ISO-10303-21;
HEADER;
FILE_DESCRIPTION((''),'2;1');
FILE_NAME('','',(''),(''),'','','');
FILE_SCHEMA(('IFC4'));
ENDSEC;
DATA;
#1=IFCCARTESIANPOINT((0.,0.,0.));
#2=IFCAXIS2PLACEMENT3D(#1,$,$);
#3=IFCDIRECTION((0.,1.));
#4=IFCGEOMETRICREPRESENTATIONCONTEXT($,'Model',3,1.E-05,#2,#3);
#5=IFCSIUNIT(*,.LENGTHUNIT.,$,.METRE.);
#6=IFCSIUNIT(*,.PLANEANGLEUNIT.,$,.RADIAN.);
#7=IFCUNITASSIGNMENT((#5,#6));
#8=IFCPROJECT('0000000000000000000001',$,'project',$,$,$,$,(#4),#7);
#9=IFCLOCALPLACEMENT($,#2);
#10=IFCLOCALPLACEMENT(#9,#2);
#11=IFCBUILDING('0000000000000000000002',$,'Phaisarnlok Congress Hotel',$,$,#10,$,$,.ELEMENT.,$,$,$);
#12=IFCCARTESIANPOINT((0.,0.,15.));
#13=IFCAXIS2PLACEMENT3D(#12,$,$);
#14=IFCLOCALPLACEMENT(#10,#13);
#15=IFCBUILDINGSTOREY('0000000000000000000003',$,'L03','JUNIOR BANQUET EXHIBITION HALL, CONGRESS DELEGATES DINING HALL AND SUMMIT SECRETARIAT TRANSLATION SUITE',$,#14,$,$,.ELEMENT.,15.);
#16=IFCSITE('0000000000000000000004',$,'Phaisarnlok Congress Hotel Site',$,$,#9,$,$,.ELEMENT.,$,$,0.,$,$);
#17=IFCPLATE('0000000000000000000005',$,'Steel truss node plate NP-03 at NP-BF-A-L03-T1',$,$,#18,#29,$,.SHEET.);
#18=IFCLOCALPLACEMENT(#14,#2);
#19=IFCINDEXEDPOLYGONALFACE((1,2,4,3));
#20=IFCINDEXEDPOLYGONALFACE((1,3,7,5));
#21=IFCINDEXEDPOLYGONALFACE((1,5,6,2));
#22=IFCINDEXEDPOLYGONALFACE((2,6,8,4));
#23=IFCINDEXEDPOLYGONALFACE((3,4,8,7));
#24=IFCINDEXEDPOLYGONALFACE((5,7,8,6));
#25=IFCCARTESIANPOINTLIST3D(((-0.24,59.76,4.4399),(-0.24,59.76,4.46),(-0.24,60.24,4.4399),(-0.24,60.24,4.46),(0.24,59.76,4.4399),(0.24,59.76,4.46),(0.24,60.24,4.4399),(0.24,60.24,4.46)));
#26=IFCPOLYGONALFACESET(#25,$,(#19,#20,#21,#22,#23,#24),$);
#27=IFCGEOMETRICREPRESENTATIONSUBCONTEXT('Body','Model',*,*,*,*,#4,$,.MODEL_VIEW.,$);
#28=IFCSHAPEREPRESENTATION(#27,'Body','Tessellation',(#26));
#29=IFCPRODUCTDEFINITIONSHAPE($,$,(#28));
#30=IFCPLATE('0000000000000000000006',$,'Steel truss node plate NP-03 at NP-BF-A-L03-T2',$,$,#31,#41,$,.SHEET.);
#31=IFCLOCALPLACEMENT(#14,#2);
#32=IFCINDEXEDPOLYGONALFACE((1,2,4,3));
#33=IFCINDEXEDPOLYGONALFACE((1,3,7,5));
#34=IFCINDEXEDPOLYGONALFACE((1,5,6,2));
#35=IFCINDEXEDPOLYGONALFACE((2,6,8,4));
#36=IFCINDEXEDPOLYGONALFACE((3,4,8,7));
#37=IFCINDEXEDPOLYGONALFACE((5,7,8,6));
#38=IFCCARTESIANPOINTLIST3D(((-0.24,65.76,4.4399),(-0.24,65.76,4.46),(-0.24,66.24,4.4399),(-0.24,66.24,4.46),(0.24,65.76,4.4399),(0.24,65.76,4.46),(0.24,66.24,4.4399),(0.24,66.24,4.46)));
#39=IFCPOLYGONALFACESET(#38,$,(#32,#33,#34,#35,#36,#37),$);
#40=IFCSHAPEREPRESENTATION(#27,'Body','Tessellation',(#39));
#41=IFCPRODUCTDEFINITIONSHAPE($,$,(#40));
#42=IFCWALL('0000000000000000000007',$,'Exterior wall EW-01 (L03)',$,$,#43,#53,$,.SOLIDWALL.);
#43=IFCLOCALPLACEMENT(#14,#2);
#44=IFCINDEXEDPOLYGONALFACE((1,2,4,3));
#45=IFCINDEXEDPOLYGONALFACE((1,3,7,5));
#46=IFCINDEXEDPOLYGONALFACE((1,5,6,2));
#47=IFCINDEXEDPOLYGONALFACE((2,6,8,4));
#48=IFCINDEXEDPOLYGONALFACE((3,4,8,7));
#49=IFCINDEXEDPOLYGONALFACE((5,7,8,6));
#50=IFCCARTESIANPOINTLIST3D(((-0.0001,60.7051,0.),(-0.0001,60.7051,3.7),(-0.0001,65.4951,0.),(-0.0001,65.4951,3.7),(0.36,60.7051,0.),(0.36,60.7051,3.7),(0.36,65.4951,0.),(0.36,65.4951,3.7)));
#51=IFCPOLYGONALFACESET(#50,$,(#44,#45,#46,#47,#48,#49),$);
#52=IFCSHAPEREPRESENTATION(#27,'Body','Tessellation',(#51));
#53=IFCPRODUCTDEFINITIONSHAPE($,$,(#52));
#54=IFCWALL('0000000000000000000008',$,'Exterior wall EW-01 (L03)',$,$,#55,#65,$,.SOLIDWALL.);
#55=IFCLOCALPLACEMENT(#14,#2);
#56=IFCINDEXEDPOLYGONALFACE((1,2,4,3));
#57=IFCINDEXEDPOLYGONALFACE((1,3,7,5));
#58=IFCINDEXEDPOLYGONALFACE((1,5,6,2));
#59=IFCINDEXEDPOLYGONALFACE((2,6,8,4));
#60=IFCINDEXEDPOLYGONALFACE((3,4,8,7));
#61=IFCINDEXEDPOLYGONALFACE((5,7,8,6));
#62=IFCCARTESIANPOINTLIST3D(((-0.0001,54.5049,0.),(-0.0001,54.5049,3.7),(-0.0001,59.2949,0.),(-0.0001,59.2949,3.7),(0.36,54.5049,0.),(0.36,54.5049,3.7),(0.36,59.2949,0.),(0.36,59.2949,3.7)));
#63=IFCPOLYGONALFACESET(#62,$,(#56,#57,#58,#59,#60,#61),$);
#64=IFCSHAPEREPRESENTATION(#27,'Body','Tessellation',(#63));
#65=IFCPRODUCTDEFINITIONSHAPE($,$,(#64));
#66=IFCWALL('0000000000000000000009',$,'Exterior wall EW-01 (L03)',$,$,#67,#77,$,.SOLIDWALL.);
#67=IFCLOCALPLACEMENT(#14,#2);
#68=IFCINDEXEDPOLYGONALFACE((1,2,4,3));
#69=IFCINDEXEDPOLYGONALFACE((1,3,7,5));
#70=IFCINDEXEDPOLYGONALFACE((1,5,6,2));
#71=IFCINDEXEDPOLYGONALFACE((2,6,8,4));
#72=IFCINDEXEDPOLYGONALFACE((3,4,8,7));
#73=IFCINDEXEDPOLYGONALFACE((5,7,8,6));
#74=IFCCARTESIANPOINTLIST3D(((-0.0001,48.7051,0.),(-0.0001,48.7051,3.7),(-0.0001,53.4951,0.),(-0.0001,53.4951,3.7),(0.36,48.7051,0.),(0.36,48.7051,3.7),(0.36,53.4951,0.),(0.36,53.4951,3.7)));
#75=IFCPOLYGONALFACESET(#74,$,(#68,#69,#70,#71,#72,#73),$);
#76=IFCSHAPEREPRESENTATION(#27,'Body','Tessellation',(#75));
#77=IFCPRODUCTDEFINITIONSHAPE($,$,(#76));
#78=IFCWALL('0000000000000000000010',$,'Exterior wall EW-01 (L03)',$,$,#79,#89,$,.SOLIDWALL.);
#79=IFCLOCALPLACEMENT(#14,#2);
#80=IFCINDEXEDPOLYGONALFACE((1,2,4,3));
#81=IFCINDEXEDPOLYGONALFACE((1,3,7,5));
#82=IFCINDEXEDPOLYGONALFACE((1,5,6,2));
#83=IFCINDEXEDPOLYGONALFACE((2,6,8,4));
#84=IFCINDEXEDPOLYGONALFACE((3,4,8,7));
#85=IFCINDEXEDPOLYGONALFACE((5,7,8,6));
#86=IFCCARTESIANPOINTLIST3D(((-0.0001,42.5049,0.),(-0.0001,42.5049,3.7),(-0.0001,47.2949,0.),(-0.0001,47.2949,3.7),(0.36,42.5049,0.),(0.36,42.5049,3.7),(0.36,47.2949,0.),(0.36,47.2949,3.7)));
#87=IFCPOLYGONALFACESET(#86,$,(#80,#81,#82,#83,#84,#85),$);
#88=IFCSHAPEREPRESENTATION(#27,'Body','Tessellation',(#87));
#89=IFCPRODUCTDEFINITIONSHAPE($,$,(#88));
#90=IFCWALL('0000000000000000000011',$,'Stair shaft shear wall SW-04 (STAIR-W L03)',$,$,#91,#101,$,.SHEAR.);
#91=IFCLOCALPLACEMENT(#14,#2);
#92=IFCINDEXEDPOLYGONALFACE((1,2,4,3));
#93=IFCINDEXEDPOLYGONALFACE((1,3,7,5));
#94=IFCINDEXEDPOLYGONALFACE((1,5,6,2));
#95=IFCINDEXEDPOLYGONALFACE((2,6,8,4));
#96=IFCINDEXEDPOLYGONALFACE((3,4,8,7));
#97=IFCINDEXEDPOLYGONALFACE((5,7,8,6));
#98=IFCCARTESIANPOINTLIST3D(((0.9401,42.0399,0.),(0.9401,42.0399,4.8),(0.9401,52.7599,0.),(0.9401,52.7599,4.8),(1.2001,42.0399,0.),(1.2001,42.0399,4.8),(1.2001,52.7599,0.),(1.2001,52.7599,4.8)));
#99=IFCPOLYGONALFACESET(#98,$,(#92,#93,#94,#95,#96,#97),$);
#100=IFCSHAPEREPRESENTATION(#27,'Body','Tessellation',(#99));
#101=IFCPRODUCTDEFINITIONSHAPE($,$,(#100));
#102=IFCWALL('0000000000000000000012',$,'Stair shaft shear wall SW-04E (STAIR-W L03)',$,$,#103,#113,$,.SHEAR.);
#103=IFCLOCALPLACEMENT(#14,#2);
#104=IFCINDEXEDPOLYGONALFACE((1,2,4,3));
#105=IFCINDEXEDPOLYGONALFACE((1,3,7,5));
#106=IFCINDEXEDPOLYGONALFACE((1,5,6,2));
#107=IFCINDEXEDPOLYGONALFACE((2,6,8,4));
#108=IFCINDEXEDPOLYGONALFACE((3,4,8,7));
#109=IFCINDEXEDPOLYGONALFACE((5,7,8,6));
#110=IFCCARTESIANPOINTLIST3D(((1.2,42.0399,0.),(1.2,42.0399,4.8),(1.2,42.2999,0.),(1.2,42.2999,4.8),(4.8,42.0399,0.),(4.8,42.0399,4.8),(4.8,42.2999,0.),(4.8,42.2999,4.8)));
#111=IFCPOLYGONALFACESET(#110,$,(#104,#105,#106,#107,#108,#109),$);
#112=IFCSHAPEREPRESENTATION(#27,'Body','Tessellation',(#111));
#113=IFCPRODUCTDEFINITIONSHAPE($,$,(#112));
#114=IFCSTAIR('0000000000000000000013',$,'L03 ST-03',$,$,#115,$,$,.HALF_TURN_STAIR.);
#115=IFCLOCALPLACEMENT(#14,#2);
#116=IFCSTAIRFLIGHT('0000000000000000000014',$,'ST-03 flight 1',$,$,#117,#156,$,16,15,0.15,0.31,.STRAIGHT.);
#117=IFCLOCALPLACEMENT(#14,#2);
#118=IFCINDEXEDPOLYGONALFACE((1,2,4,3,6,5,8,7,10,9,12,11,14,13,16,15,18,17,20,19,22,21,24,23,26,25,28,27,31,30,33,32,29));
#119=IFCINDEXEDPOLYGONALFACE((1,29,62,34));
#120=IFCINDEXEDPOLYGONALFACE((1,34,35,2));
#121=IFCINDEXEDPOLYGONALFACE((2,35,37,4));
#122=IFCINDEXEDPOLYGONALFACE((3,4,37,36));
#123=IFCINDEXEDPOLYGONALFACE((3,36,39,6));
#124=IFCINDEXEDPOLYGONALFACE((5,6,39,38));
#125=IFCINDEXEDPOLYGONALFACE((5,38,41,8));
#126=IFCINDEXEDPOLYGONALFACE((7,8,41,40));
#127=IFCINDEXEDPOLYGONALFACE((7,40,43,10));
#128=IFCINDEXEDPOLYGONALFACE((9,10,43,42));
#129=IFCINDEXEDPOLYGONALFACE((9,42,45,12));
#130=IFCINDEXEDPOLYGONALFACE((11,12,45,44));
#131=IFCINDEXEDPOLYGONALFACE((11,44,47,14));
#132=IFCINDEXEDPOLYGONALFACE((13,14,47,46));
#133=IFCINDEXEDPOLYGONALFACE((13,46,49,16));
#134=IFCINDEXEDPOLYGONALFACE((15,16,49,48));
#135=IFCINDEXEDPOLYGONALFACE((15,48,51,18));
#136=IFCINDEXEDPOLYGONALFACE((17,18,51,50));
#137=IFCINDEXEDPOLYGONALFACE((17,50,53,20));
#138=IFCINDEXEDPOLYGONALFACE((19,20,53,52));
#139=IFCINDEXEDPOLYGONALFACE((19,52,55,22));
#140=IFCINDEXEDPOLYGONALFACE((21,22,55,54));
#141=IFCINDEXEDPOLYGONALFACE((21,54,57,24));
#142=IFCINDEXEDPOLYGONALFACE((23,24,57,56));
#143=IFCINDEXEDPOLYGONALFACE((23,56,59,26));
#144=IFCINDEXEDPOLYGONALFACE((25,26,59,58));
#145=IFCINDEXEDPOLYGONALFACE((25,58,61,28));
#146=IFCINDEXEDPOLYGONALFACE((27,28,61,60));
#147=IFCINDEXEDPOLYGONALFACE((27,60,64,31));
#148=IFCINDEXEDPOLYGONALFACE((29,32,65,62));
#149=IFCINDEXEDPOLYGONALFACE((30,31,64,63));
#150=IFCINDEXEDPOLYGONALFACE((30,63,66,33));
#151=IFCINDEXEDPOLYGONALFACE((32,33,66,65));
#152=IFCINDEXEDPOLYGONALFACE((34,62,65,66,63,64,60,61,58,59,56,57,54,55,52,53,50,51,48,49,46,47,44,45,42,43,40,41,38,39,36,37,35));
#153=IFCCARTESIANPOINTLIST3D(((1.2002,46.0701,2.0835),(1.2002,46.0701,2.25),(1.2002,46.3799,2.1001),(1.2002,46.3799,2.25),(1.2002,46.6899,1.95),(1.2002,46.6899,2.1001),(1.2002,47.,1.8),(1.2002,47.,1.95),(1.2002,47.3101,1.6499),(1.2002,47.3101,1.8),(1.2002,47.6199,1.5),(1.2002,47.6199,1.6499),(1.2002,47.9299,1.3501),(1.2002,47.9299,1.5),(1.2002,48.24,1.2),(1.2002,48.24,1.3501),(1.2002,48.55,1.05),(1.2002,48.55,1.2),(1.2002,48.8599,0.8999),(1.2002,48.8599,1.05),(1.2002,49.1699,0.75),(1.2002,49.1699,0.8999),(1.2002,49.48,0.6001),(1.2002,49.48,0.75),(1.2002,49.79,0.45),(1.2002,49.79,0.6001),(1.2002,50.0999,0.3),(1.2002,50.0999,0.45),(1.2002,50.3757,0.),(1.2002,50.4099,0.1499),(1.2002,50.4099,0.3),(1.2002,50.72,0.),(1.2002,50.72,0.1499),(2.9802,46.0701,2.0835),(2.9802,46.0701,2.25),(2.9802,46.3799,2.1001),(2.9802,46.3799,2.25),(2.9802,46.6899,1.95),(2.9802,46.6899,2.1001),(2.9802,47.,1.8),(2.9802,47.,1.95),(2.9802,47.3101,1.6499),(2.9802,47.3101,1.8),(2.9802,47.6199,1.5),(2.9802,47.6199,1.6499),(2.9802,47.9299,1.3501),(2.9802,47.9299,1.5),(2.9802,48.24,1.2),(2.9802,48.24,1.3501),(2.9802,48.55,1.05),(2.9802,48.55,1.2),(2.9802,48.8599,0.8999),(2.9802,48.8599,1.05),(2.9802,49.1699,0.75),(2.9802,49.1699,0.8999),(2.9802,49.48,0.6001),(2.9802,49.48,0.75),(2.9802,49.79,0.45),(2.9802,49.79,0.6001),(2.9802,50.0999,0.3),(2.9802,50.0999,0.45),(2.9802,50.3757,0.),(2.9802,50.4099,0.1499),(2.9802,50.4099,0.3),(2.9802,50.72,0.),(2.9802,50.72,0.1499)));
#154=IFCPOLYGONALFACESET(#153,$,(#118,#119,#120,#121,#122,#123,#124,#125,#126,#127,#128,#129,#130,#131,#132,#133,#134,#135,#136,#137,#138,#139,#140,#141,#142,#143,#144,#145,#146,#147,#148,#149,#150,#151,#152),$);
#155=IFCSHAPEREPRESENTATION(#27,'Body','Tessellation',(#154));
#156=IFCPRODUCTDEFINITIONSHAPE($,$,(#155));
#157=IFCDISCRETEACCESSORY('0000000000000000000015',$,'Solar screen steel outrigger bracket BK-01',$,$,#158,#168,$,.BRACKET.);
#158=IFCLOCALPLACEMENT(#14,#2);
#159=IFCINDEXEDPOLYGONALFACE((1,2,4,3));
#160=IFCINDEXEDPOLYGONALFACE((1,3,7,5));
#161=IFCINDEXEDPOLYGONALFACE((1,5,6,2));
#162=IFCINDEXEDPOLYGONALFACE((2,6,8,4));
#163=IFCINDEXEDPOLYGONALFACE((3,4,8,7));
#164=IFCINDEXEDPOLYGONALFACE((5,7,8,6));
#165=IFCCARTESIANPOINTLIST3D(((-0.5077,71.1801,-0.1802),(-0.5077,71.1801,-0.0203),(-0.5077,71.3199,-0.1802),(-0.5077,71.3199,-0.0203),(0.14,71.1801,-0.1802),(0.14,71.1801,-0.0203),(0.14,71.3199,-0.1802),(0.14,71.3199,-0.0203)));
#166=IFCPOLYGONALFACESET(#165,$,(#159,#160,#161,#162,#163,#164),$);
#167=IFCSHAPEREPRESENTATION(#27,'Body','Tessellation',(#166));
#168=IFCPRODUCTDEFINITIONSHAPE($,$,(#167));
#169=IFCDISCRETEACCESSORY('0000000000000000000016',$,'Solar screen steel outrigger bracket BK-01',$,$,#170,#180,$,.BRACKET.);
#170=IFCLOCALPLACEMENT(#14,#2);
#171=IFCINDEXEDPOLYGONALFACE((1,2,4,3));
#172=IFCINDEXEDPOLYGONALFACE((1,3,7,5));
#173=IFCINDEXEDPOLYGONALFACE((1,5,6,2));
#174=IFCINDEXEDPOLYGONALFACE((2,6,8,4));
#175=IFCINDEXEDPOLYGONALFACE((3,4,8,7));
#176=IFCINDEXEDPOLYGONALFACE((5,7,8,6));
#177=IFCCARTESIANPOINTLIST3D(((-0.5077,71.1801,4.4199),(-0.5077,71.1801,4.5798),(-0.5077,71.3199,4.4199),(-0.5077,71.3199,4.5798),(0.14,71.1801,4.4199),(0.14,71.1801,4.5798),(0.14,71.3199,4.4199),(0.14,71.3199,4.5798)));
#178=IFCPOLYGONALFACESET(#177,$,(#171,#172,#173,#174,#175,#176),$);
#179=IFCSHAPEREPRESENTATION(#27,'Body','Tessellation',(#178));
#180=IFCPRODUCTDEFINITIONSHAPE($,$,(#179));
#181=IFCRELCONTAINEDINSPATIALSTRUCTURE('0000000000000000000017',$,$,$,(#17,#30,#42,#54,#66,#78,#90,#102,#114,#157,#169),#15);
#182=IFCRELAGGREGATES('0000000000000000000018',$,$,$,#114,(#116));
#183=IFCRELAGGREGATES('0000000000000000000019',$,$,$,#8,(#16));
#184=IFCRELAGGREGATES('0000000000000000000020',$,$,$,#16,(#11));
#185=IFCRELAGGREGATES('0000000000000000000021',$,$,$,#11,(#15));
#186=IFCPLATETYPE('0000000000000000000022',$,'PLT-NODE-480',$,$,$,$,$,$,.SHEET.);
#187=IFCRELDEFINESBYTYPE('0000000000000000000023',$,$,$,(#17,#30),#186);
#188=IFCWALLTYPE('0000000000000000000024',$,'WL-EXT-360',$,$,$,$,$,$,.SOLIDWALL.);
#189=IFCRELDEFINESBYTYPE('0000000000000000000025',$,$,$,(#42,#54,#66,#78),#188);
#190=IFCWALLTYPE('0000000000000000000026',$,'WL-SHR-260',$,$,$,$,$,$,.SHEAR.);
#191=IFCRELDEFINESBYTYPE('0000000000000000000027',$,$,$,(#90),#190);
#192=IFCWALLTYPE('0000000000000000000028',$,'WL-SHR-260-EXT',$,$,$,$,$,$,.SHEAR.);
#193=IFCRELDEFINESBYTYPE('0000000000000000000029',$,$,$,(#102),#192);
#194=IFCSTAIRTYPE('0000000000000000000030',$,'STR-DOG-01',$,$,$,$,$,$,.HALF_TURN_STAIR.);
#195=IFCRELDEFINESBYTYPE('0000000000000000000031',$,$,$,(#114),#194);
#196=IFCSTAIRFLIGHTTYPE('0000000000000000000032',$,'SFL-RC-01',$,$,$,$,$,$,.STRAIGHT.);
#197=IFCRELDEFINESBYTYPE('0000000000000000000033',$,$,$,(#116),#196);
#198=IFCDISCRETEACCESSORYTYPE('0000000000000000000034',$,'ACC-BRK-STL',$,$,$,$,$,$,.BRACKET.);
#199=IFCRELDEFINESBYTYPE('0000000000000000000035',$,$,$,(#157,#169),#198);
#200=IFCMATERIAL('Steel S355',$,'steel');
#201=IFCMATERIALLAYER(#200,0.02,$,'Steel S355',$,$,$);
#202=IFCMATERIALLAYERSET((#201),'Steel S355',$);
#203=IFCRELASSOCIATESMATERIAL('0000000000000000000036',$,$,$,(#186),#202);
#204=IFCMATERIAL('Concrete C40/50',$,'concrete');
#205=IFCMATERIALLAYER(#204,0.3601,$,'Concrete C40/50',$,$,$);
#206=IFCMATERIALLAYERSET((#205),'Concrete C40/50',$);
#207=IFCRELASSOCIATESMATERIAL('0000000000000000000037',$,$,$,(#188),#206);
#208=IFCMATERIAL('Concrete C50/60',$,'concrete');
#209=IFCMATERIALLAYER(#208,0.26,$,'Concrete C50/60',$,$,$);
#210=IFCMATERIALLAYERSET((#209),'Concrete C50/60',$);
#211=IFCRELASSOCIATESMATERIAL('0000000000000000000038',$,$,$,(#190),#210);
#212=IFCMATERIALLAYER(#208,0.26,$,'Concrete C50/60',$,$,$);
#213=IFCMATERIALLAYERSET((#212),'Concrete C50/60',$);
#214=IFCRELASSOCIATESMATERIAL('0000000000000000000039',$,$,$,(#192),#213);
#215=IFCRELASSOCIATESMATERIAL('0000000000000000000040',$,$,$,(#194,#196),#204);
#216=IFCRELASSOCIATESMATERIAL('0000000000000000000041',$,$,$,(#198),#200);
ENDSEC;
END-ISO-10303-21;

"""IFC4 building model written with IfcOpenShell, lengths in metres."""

from ifc_helpers import new_model, si_unit, direction, frame, frame_2d, origin, origin_2d, place, context, subcontext, project, spatial, polyline, rectangle, outline, extrude, material, layer, layer_set, type_object, element, aggregate, save


model = new_model("IFC4")

# Units and contexts
model_context = context("Model", 3, precision=1e-05, world=origin(), true_north=direction((0.0, 1.0)))
body_context = subcontext(model_context, "Body", "Model", "MODEL_VIEW")
ifc_project = project(units=[si_unit("LENGTHUNIT", "METRE"), si_unit("PLANEANGLEUNIT", "RADIAN")], contexts=[model_context])

# Site, building, storey
site_placement = place(None, origin())
site = spatial("IfcSite", under=ifc_project, at=site_placement, Name="Phaisarnlok Congress Hotel Site", CompositionType="ELEMENT", RefElevation=0.0)
building_placement = place(site_placement, origin())
building = spatial("IfcBuilding", under=site, at=building_placement, Name="Phaisarnlok Congress Hotel", CompositionType="ELEMENT")
storey_placement = place(building_placement, frame((0.0, 0.0, 15.0)))
storey = spatial("IfcBuildingStorey", under=building, at=storey_placement, Name="L03", Description="JUNIOR BANQUET EXHIBITION HALL, CONGRESS DELEGATES DINING HALL AND SUMMIT SECRETARIAT TRANSLATION SUITE", CompositionType="ELEMENT", Elevation=15.0)

# Shared definitions
ifc_material_1 = material(Name="Concrete C50/60", Category="concrete")

# Shared definitions
ifc_material_2 = material(Name="Concrete C40/50", Category="concrete")

# Shared definitions
ifc_material_3 = material(Name="Steel S355", Category="steel")

# Plates
ifc_layer_1 = layer(ifc_material_3, 0.02, Name="Steel S355")
ifc_layer_set_1 = layer_set([ifc_layer_1], Name="Steel S355")
plate_type_1 = type_object("IfcPlateType", Name="PLT-NODE-480", PredefinedType="SHEET", material=ifc_layer_set_1)
for number, where, z_axis, x_axis, name in (
    (1, (0.0, 60.0, 4.4399), (0.0, 0.0, 1.0), (1.0, 0.0, 0.0), "Steel truss node plate NP-03 at NP-BF-A-L03-T1"),
    (2, (0.0, 66.0, 4.4399), (0.0, 0.0, 1.0), (1.0, 0.0, 0.0), "Steel truss node plate NP-03 at NP-BF-A-L03-T2"),
):
    element("IfcPlate", number, at=place(storey_placement, frame(where, z_axis=z_axis, x_axis=x_axis)), inside=storey, type_object=plate_type_1, Name=name, PredefinedType="SHEET", context=body_context, shape_type="SweptSolid", body=[
        extrude(rectangle(XDim=0.48, YDim=0.48, at=origin_2d()), origin(), (0.0, 0.0, 1.0), 0.02),
    ])

# Walls
ifc_layer_2 = layer(ifc_material_2, 0.3601, Name="Concrete C40/50")
ifc_layer_set_2 = layer_set([ifc_layer_2], Name="Concrete C40/50")
wall_type_1 = type_object("IfcWallType", Name="WL-EXT-360", PredefinedType="SOLIDWALL", material=ifc_layer_set_2)
for number, where, z_axis, x_axis, name in (
    (3, (0.1799, 65.4951, 0.0), (0.0, 0.0, 1.0), (0.0, -1.0, 0.0), "Exterior wall EW-01 (L03)"),
    (4, (0.1799, 59.2949, 0.0), (0.0, 0.0, 1.0), (0.0, -1.0, 0.0), "Exterior wall EW-01 (L03)"),
    (5, (0.1799, 53.4951, 0.0), (0.0, 0.0, 1.0), (0.0, -1.0, 0.0), "Exterior wall EW-01 (L03)"),
    (6, (0.1799, 47.2949, 0.0), (0.0, 0.0, 1.0), (0.0, -1.0, 0.0), "Exterior wall EW-01 (L03)"),
):
    element("IfcWall", number, at=place(storey_placement, frame(where, z_axis=z_axis, x_axis=x_axis)), inside=storey, type_object=wall_type_1, Name=name, PredefinedType="SOLIDWALL", context=body_context, shape_type="SweptSolid", body=[
        extrude(rectangle(XDim=4.79, YDim=0.3601, at=frame_2d((2.395, 0.0))), origin(), (0.0, 0.0, 1.0), 3.7),
    ])
ifc_layer_3 = layer(ifc_material_1, 0.26, Name="Concrete C50/60")
ifc_layer_set_3 = layer_set([ifc_layer_3], Name="Concrete C50/60")
wall_type_2 = type_object("IfcWallType", Name="WL-SHR-260", PredefinedType="SHEAR", material=ifc_layer_set_3)
wall_1_placement = place(storey_placement, frame((1.0701, 42.04, 0.0), z_axis=(0.0, 0.0, 1.0), x_axis=(0.0, 1.0, 0.0)))
element("IfcWall", 7, at=wall_1_placement, inside=storey, type_object=wall_type_2, Name="Stair shaft shear wall SW-04 (STAIR-W L03)", PredefinedType="SHEAR", context=body_context, shape_type="SweptSolid", body=[
    extrude(rectangle(XDim=10.72, YDim=0.26, at=frame_2d((5.3599, 0.0))), origin(), (0.0, 0.0, 1.0), 4.8),
])

# Wall
ifc_layer_4 = layer(ifc_material_1, 0.26, Name="Concrete C50/60")
ifc_layer_set_4 = layer_set([ifc_layer_4], Name="Concrete C50/60")
wall_type_3 = type_object("IfcWallType", Name="WL-SHR-260-EXT", PredefinedType="SHEAR", material=ifc_layer_set_4)
wall_2_placement = place(storey_placement, frame((1.2, 42.1699, 0.0), z_axis=(0.0, 0.0, 1.0), x_axis=(1.0, 0.0, 0.0)))
element("IfcWall", 8, at=wall_2_placement, inside=storey, type_object=wall_type_3, Name="Stair shaft shear wall SW-04E (STAIR-W L03)", PredefinedType="SHEAR", context=body_context, shape_type="SweptSolid", body=[
    extrude(rectangle(XDim=3.6001, YDim=0.26, at=frame_2d((1.8, 0.0))), origin(), (0.0, 0.0, 1.0), 4.8),
])

# Stair, stair flight
stair_type = type_object("IfcStairType", Name="STR-DOG-01", PredefinedType="HALF_TURN_STAIR", material=ifc_material_2)
stair_placement = place(storey_placement, origin())
stair = element("IfcStair", 9, at=stair_placement, inside=storey, type_object=stair_type, Name="L03 ST-03", PredefinedType="HALF_TURN_STAIR")
stair_flight_type = type_object("IfcStairFlightType", Name="SFL-RC-01", PredefinedType="STRAIGHT", material=ifc_material_2)
stair_flight_placement = place(storey_placement, frame((2.0901, 50.72, 0.0), z_axis=(0.0, 0.0, 1.0), x_axis=(0.0, -1.0, 0.0)))
stair_flight = element("IfcStairFlight", 10, at=stair_flight_placement, type_object=stair_flight_type, Name="ST-03 flight 1", NumberOfRisers=16, NumberOfTreads=15, PredefinedType="STRAIGHT", RiserHeight=0.15, TreadLength=0.31, context=body_context, shape_type="SweptSolid", body=[
    extrude(outline(polyline([(0.0, 0.0), (0.0, 0.1499), (0.3101, 0.1499), (0.3101, 0.3), (0.6201, 0.3), (0.6201, 0.45), (0.9299, 0.45), (0.9299, 0.6001), (1.24, 0.6001), (1.24, 0.75), (1.55, 0.75), (1.55, 0.8999), (1.8601, 0.8999), (1.8601, 1.05), (2.1699, 1.05), (2.1699, 1.2), (2.48, 1.2), (2.48, 1.3501), (2.79, 1.3501), (2.79, 1.5), (3.1001, 1.5), (3.1001, 1.6499), (3.4099, 1.6499), (3.4099, 1.8), (3.72, 1.8), (3.72, 1.95), (4.03, 1.95), (4.03, 2.1001), (4.3401, 2.1001), (4.3401, 2.25), (4.6499, 2.25), (4.6499, 2.3999), (4.6499, 2.0835), (0.3442, 0.0), (0.0, 0.0)])), frame((0.0, 0.8901, 0.0), z_axis=(0.0, -1.0, 0.0), x_axis=(1.0, 0.0, 0.0)), (0.0, 0.0, 1.0), 1.78),
])
aggregate(stair, [stair_flight])

# Discrete accessories
discrete_accessory_type = type_object("IfcDiscreteAccessoryType", Name="ACC-BRK-STL", PredefinedType="BRACKET", material=ifc_material_3)
for number, where, z_axis, x_axis, name in (
    (11, (-0.1838, 71.25, -0.1802), (0.0, 0.0, 1.0), (1.0, 0.0, 0.0), "Solar screen steel outrigger bracket BK-01"),
    (12, (-0.1838, 71.25, 4.4199), (0.0, 0.0, 1.0), (1.0, 0.0, 0.0), "Solar screen steel outrigger bracket BK-01"),
):
    element("IfcDiscreteAccessory", number, at=place(storey_placement, frame(where, z_axis=z_axis, x_axis=x_axis)), inside=storey, type_object=discrete_accessory_type, Name=name, PredefinedType="BRACKET", context=body_context, shape_type="SweptSolid", body=[
        extrude(rectangle(XDim=0.6477, YDim=0.1399, at=origin_2d()), origin(), (0.0, 0.0, 1.0), 0.1599),
    ])

save(model, "model.ifc")
